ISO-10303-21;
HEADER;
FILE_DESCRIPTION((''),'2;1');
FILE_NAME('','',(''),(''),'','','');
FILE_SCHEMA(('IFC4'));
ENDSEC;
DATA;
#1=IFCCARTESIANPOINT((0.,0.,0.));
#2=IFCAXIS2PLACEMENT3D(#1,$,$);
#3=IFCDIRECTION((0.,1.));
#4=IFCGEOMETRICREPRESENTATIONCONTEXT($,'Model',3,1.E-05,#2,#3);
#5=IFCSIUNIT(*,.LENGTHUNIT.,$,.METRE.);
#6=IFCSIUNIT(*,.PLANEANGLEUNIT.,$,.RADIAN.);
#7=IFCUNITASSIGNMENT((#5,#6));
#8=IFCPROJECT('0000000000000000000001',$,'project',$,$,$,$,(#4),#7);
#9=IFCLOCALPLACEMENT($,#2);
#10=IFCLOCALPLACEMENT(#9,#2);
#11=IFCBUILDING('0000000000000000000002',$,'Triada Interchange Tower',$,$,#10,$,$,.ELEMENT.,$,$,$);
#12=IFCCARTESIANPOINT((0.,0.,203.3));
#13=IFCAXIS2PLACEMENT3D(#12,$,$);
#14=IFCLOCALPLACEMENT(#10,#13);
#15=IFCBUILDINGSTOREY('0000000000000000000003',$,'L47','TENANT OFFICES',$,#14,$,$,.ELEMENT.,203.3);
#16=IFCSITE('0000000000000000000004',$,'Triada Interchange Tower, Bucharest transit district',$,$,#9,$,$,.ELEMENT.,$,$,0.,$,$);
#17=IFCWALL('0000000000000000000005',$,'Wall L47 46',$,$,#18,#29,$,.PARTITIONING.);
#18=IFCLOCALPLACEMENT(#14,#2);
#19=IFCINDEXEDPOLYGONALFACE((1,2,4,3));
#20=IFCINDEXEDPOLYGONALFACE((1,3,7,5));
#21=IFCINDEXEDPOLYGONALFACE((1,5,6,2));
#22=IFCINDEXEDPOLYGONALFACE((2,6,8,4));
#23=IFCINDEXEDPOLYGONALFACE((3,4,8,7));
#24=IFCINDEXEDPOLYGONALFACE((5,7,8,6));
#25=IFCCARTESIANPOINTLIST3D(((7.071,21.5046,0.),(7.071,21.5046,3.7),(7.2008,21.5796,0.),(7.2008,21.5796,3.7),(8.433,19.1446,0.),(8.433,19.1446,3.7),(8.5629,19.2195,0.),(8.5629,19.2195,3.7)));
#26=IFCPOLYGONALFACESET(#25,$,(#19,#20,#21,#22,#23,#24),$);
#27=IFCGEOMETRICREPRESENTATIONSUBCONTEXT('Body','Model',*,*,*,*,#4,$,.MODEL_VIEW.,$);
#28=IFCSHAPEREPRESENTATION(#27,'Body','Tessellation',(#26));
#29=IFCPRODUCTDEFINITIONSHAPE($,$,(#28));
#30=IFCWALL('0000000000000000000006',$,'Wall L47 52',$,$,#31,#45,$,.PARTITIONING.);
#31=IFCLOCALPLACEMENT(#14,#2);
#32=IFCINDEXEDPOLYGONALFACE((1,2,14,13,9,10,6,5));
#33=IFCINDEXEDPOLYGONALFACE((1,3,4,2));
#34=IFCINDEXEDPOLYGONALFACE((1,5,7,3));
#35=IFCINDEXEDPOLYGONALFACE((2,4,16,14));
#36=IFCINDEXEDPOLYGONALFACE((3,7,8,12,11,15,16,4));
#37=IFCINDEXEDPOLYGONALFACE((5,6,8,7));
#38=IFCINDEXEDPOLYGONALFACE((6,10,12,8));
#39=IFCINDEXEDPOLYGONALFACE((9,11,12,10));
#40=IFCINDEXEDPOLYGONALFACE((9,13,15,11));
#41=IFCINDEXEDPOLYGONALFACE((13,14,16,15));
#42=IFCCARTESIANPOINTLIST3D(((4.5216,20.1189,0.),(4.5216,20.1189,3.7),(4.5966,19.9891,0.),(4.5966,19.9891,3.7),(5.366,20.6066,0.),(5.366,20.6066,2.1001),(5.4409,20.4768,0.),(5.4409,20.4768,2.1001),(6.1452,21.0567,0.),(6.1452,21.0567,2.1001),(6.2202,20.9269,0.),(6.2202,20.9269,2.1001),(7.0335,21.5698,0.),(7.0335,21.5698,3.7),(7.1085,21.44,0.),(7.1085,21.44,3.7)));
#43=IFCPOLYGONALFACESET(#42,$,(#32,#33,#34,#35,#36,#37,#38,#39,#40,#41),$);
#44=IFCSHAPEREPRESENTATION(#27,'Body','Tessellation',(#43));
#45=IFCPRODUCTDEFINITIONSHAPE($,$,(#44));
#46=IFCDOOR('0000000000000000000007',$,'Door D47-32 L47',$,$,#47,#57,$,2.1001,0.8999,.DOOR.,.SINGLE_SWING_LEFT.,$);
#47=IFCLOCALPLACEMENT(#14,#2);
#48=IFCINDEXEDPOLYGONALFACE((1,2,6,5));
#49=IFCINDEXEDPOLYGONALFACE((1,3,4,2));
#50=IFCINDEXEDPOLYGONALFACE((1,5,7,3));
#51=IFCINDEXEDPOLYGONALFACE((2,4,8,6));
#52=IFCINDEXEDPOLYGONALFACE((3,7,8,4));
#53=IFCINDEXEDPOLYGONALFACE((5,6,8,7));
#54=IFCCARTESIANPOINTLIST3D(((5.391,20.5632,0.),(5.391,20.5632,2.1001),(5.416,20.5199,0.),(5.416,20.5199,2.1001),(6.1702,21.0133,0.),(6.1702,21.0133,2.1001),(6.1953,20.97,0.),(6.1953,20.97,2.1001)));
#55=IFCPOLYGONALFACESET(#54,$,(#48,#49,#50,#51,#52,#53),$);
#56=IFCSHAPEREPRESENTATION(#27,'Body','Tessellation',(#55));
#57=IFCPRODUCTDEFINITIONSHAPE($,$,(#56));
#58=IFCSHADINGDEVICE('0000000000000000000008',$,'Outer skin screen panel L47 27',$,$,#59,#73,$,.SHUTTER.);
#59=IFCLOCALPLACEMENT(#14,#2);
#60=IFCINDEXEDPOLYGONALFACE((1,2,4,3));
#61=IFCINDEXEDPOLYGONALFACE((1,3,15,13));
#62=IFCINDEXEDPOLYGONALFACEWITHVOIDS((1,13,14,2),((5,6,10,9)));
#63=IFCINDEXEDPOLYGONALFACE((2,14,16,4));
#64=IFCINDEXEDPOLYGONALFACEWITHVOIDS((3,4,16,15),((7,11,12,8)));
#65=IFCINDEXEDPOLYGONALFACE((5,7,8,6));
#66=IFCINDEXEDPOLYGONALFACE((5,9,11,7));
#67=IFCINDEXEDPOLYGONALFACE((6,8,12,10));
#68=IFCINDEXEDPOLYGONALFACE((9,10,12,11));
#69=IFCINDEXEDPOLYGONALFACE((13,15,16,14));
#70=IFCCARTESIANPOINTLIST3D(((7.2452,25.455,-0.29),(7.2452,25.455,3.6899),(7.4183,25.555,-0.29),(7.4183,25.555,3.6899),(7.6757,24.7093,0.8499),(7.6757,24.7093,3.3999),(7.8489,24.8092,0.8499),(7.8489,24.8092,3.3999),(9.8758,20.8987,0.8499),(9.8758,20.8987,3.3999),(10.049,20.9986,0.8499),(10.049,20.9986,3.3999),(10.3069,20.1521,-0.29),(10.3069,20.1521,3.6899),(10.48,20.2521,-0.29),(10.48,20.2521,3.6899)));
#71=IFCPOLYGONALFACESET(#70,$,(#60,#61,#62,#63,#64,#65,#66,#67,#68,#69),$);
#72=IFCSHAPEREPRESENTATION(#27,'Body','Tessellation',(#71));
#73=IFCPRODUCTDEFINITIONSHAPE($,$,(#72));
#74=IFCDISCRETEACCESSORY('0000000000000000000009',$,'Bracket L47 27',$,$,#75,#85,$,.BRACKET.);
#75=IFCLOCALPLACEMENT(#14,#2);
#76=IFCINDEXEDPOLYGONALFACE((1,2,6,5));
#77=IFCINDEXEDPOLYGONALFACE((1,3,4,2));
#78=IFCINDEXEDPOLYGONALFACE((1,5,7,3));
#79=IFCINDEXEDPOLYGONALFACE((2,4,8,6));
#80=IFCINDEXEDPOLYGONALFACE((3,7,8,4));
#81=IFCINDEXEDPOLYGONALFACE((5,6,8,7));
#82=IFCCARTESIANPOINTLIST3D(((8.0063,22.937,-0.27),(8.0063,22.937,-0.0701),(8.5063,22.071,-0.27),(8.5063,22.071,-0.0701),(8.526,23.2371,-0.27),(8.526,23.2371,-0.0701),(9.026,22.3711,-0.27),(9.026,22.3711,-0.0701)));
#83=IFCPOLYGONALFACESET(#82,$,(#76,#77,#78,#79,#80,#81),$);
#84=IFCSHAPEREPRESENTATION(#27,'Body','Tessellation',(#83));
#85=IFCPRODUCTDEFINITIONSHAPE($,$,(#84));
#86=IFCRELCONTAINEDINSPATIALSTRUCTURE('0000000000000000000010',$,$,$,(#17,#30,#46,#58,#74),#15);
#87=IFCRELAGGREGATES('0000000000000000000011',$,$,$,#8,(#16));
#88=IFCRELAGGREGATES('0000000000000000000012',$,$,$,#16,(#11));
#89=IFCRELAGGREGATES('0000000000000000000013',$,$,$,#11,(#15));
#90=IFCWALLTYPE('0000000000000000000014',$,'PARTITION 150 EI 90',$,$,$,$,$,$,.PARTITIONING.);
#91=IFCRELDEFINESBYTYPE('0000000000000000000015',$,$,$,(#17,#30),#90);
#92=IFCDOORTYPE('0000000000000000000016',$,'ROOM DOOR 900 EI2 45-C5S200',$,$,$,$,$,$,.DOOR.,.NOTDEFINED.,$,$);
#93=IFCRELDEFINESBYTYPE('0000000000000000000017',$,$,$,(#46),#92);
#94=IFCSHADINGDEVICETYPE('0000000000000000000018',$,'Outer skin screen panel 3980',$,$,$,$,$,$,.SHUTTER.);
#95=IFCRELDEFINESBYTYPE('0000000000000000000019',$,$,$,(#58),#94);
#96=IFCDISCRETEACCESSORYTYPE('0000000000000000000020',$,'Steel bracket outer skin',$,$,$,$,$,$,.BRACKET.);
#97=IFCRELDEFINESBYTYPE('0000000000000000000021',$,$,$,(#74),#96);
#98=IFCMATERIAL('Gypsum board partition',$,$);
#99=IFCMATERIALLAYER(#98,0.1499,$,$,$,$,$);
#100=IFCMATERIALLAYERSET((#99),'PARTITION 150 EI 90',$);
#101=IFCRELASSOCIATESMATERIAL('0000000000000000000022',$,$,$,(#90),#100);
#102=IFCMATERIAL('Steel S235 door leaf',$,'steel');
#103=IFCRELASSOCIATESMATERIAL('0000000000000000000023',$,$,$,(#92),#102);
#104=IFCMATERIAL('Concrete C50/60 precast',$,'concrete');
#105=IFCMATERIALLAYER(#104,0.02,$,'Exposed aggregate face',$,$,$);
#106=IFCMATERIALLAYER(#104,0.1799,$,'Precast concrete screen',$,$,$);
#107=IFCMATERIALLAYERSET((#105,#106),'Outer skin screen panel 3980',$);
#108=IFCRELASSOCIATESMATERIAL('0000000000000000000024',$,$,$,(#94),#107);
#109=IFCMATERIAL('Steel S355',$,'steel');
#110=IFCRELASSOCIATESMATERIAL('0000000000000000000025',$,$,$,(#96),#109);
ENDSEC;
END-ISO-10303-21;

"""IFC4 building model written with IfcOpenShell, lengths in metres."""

from ifc_helpers import new_model, si_unit, direction, frame, frame_2d, origin, origin_2d, place, context, subcontext, project, spatial, polyline, rectangle, outline, extrude, material, layer, layer_set, type_object, element, fill, save


model = new_model("IFC4")

# Units and contexts
model_context = context("Model", 3, precision=1e-05, world=origin(), true_north=direction((0.0, 1.0)))
body_context = subcontext(model_context, "Body", "Model", "MODEL_VIEW")
ifc_project = project(units=[si_unit("LENGTHUNIT", "METRE"), si_unit("PLANEANGLEUNIT", "RADIAN")], contexts=[model_context])

# Site, building, storey
site_placement = place(None, origin())
site = spatial("IfcSite", under=ifc_project, at=site_placement, Name="Triada Interchange Tower, Bucharest transit district", CompositionType="ELEMENT", RefElevation=0.0)
building_placement = place(site_placement, origin())
building = spatial("IfcBuilding", under=site, at=building_placement, Name="Triada Interchange Tower", CompositionType="ELEMENT")
storey_placement = place(building_placement, frame((0.0, 0.0, 203.3)))
storey = spatial("IfcBuildingStorey", under=building, at=storey_placement, Name="L47", Description="TENANT OFFICES", CompositionType="ELEMENT", Elevation=203.3)

# Shared definitions
ifc_material_1 = material(Name="Gypsum board partition")

# Shared definitions
ifc_material_2 = material(Name="Steel S235 door leaf", Category="steel")

# Wall
ifc_layer_1 = layer(ifc_material_1, 0.1499)
ifc_layer_set_1 = layer_set([ifc_layer_1], Name="PARTITION 150 EI 90")
wall_type_1 = type_object("IfcWallType", Name="PARTITION 150 EI 90", PredefinedType="PARTITIONING", material=ifc_layer_set_1)
wall_1_placement = place(storey_placement, frame((7.136, 21.542, 0.0), z_axis=(0.0, 0.0, 1.0), x_axis=(0.499849, -0.866112, 0.0)))
element("IfcWall", 1, at=wall_1_placement, inside=storey, type_object=wall_type_1, Name="Wall L47 46", PredefinedType="PARTITIONING", context=body_context, shape_type="SweptSolid", body=[
    extrude(rectangle(XDim=2.7249, YDim=0.1499, at=frame_2d((1.3623, 0.0))), origin(), (0.0, 0.0, 1.0), 3.7),
])

# Wall, opening, door
wall_2_placement = place(storey_placement, frame((4.5591, 20.054, 0.0), z_axis=(0.0, 0.0, 1.0), x_axis=(0.865929, 0.500167, 0.0)))
wall_2 = element("IfcWall", 2, at=wall_2_placement, inside=storey, type_object=wall_type_1, Name="Wall L47 52", PredefinedType="PARTITIONING", context=body_context, shape_type="SweptSolid", body=[
    extrude(rectangle(XDim=2.9009, YDim=0.1499, at=frame_2d((1.4504, 0.0))), origin(), (0.0, 0.0, 1.0), 3.7),
])
opening_1_placement = place(wall_2_placement, frame((0.9751, 0.0, 0.0)))
opening_1 = element("IfcOpeningElement", 3, at=opening_1_placement, cuts=wall_2, PredefinedType="OPENING", context=body_context, shape_type="SweptSolid", body=[
    extrude(rectangle(XDim=0.8999, YDim=2.1001, at=frame_2d((0.45, 1.05))), frame((0.0, 0.085, 0.0), z_axis=(0.0, -1.0, 0.0), x_axis=(1.0, 0.0, 0.0)), (0.0, 0.0, 1.0), 0.1699),
])
door_type_1 = type_object("IfcDoorType", Name="ROOM DOOR 900 EI2 45-C5S200", OperationType="NOTDEFINED", PredefinedType="DOOR", material=ifc_material_2)
door_1_placement = place(opening_1_placement, origin())
door_1 = element("IfcDoor", 4, at=door_1_placement, inside=storey, type_object=door_type_1, Name="Door D47-32 L47", OperationType="SINGLE_SWING_LEFT", OverallHeight=2.1001, OverallWidth=0.8999, PredefinedType="DOOR", context=body_context, shape_type="SweptSolid", body=[
    extrude(rectangle(XDim=0.8999, YDim=2.1001, at=frame_2d((0.45, 1.05))), frame((0.0, 0.0249, 0.0), z_axis=(0.0, -1.0, 0.0), x_axis=(1.0, 0.0, 0.0)), (0.0, 0.0, 1.0), 0.05),
])
fill(opening_1, door_1)

# Shading device
ifc_material_3 = material(Name="Concrete C50/60 precast", Category="concrete")
ifc_layer_2 = layer(ifc_material_3, 0.02, Name="Exposed aggregate face")
ifc_layer_3 = layer(ifc_material_3, 0.1799, Name="Precast concrete screen")
ifc_layer_set_2 = layer_set([ifc_layer_2, ifc_layer_3], Name="Outer skin screen panel 3980")
shading_device_type = type_object("IfcShadingDeviceType", Name="Outer skin screen panel 3980", PredefinedType="SHUTTER", material=ifc_layer_set_2)
shading_device_placement = place(storey_placement, frame((10.3069, 20.1521, -0.29), z_axis=(0.0, 0.0, 1.0), x_axis=(-0.500011, 0.866019, 0.0)))
element("IfcShadingDevice", 5, at=shading_device_placement, inside=storey, type_object=shading_device_type, Name="Outer skin screen panel L47 27", PredefinedType="SHUTTER", context=body_context, shape_type="SweptSolid", body=[
    extrude(outline(polyline([(0.0, 0.0), (6.1233, 0.0), (6.1233, 3.98), (0.0, 3.98), (0.0, 0.0)]), holes=[polyline([(0.8621, 1.1399), (0.8621, 3.6899), (5.2622, 3.6899), (5.2622, 1.1399), (0.8621, 1.1399)])]), frame((0.0, 0.0, 0.0), z_axis=(0.0, -1.0, 0.0), x_axis=(1.0, 0.0, 0.0)), (0.0, 0.0, 1.0), 0.2),
])

# Discrete accessory
ifc_material_4 = material(Name="Steel S355", Category="steel")
discrete_accessory_type = type_object("IfcDiscreteAccessoryType", Name="Steel bracket outer skin", PredefinedType="BRACKET", material=ifc_material_4)
discrete_accessory_placement = place(storey_placement, frame((8.5161, 22.6541, -0.27), z_axis=(0.0, 0.0, 1.0), x_axis=(0.866021, 0.500007, 0.0)))
element("IfcDiscreteAccessory", 6, at=discrete_accessory_placement, inside=storey, type_object=discrete_accessory_type, Name="Bracket L47 27", PredefinedType="BRACKET", context=body_context, shape_type="SweptSolid", body=[
    extrude(rectangle(XDim=0.6001, YDim=1.0, at=origin_2d()), origin(), (0.0, 0.0, 1.0), 0.2),
])

save(model, "model.ifc")
